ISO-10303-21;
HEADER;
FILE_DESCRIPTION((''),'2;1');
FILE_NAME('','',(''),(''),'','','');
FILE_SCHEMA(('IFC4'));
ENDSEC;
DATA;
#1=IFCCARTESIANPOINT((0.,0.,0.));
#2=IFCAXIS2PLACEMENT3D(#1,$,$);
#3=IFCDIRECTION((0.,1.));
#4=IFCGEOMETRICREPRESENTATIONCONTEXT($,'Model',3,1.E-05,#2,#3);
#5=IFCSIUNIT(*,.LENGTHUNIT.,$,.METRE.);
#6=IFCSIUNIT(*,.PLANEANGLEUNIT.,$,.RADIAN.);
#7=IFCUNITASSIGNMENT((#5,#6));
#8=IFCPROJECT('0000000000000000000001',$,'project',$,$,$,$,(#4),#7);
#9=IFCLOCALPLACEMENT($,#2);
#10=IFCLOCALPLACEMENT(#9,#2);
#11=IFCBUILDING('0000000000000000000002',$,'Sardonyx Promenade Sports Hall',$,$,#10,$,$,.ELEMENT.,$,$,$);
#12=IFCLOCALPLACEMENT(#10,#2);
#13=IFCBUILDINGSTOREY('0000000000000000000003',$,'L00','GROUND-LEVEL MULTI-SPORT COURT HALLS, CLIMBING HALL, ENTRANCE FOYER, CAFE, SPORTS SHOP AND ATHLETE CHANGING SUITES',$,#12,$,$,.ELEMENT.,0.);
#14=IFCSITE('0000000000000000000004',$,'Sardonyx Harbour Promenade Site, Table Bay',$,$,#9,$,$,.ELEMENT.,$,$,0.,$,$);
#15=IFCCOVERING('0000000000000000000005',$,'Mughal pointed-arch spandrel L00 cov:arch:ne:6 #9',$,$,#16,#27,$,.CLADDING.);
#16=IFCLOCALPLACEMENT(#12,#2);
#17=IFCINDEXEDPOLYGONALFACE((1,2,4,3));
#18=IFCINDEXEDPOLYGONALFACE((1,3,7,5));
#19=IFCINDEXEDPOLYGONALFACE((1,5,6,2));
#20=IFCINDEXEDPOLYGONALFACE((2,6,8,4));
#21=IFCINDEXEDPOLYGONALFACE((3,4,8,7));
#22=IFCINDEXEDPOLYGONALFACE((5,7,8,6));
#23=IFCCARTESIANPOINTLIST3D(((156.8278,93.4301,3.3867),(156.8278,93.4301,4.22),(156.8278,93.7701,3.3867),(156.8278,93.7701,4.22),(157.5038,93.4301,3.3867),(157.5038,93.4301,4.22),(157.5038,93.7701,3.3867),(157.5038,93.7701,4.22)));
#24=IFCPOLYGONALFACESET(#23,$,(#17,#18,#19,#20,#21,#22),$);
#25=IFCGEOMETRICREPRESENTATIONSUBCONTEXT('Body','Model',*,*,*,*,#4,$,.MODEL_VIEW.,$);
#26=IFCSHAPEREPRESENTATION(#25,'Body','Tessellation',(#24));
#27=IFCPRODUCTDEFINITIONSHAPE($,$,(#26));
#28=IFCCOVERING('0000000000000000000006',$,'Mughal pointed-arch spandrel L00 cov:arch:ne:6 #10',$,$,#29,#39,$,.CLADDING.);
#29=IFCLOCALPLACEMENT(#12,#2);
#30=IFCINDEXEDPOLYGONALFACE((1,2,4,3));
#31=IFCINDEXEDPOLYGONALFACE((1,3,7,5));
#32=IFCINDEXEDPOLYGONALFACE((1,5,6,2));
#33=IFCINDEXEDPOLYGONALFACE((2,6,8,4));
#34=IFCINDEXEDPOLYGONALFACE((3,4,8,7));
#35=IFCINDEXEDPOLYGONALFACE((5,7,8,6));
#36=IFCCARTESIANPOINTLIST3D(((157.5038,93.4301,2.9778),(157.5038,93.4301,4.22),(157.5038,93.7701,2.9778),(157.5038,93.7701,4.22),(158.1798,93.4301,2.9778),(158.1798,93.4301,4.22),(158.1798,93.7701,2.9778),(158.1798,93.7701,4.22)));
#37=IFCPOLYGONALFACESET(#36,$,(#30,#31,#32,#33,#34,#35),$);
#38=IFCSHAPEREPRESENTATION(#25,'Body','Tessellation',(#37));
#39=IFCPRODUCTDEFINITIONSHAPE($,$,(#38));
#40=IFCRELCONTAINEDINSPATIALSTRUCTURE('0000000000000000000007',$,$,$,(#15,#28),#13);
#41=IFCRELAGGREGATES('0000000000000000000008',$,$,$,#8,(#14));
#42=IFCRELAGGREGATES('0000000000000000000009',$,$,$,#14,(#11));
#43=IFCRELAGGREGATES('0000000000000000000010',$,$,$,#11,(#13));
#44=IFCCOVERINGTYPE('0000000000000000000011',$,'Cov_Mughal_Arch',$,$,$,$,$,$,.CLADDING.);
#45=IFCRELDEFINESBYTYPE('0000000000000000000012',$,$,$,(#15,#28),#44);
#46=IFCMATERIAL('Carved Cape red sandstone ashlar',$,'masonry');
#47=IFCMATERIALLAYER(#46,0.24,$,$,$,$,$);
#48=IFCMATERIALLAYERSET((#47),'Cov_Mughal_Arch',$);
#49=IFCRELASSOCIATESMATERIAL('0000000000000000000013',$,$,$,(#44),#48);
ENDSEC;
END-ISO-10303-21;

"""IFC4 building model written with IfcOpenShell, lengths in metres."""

from ifc_helpers import new_model, si_unit, direction, frame, frame_2d, origin, place, context, subcontext, project, spatial, rectangle, extrude, material, layer, layer_set, type_object, element, save


model = new_model("IFC4")

# Units and contexts
model_context = context("Model", 3, precision=1e-05, world=origin(), true_north=direction((0.0, 1.0)))
body_context = subcontext(model_context, "Body", "Model", "MODEL_VIEW")
ifc_project = project(units=[si_unit("LENGTHUNIT", "METRE"), si_unit("PLANEANGLEUNIT", "RADIAN")], contexts=[model_context])

# Site, building, storey
site_placement = place(None, origin())
site = spatial("IfcSite", under=ifc_project, at=site_placement, Name="Sardonyx Harbour Promenade Site, Table Bay", CompositionType="ELEMENT", RefElevation=0.0)
building_placement = place(site_placement, origin())
building = spatial("IfcBuilding", under=site, at=building_placement, Name="Sardonyx Promenade Sports Hall", CompositionType="ELEMENT")
storey_placement = place(building_placement, origin())
storey = spatial("IfcBuildingStorey", under=building, at=storey_placement, Name="L00", Description="GROUND-LEVEL MULTI-SPORT COURT HALLS, CLIMBING HALL, ENTRANCE FOYER, CAFE, SPORTS SHOP AND ATHLETE CHANGING SUITES", CompositionType="ELEMENT", Elevation=0.0)

# Coverings
ifc_material_1 = material(Name="Carved Cape red sandstone ashlar", Category="masonry")
ifc_layer_1 = layer(ifc_material_1, 0.24)
ifc_layer_set_1 = layer_set([ifc_layer_1], Name="Cov_Mughal_Arch")
covering_type = type_object("IfcCoveringType", Name="Cov_Mughal_Arch", PredefinedType="CLADDING", material=ifc_layer_set_1)
covering_1_placement = place(storey_placement, frame((156.8279, 93.6001, 3.3867), z_axis=(0.0, 0.0, 1.0), x_axis=(1.0, 0.0, 0.0)))
element("IfcCovering", 1, at=covering_1_placement, inside=storey, type_object=covering_type, Name="Mughal pointed-arch spandrel L00 cov:arch:ne:6 #9", PredefinedType="CLADDING", context=body_context, shape_type="SweptSolid", body=[
    extrude(rectangle(XDim=0.676, YDim=0.3401, at=frame_2d((0.3379, 0.0))), origin(), (0.0, 0.0, 1.0), 0.8333),
])
covering_2_placement = place(storey_placement, frame((157.5039, 93.6001, 2.9778), z_axis=(0.0, 0.0, 1.0), x_axis=(1.0, 0.0, 0.0)))
element("IfcCovering", 2, at=covering_2_placement, inside=storey, type_object=covering_type, Name="Mughal pointed-arch spandrel L00 cov:arch:ne:6 #10", PredefinedType="CLADDING", context=body_context, shape_type="SweptSolid", body=[
    extrude(rectangle(XDim=0.676, YDim=0.3401, at=frame_2d((0.3379, 0.0))), origin(), (0.0, 0.0, 1.0), 1.2422),
])

save(model, "model.ifc")
